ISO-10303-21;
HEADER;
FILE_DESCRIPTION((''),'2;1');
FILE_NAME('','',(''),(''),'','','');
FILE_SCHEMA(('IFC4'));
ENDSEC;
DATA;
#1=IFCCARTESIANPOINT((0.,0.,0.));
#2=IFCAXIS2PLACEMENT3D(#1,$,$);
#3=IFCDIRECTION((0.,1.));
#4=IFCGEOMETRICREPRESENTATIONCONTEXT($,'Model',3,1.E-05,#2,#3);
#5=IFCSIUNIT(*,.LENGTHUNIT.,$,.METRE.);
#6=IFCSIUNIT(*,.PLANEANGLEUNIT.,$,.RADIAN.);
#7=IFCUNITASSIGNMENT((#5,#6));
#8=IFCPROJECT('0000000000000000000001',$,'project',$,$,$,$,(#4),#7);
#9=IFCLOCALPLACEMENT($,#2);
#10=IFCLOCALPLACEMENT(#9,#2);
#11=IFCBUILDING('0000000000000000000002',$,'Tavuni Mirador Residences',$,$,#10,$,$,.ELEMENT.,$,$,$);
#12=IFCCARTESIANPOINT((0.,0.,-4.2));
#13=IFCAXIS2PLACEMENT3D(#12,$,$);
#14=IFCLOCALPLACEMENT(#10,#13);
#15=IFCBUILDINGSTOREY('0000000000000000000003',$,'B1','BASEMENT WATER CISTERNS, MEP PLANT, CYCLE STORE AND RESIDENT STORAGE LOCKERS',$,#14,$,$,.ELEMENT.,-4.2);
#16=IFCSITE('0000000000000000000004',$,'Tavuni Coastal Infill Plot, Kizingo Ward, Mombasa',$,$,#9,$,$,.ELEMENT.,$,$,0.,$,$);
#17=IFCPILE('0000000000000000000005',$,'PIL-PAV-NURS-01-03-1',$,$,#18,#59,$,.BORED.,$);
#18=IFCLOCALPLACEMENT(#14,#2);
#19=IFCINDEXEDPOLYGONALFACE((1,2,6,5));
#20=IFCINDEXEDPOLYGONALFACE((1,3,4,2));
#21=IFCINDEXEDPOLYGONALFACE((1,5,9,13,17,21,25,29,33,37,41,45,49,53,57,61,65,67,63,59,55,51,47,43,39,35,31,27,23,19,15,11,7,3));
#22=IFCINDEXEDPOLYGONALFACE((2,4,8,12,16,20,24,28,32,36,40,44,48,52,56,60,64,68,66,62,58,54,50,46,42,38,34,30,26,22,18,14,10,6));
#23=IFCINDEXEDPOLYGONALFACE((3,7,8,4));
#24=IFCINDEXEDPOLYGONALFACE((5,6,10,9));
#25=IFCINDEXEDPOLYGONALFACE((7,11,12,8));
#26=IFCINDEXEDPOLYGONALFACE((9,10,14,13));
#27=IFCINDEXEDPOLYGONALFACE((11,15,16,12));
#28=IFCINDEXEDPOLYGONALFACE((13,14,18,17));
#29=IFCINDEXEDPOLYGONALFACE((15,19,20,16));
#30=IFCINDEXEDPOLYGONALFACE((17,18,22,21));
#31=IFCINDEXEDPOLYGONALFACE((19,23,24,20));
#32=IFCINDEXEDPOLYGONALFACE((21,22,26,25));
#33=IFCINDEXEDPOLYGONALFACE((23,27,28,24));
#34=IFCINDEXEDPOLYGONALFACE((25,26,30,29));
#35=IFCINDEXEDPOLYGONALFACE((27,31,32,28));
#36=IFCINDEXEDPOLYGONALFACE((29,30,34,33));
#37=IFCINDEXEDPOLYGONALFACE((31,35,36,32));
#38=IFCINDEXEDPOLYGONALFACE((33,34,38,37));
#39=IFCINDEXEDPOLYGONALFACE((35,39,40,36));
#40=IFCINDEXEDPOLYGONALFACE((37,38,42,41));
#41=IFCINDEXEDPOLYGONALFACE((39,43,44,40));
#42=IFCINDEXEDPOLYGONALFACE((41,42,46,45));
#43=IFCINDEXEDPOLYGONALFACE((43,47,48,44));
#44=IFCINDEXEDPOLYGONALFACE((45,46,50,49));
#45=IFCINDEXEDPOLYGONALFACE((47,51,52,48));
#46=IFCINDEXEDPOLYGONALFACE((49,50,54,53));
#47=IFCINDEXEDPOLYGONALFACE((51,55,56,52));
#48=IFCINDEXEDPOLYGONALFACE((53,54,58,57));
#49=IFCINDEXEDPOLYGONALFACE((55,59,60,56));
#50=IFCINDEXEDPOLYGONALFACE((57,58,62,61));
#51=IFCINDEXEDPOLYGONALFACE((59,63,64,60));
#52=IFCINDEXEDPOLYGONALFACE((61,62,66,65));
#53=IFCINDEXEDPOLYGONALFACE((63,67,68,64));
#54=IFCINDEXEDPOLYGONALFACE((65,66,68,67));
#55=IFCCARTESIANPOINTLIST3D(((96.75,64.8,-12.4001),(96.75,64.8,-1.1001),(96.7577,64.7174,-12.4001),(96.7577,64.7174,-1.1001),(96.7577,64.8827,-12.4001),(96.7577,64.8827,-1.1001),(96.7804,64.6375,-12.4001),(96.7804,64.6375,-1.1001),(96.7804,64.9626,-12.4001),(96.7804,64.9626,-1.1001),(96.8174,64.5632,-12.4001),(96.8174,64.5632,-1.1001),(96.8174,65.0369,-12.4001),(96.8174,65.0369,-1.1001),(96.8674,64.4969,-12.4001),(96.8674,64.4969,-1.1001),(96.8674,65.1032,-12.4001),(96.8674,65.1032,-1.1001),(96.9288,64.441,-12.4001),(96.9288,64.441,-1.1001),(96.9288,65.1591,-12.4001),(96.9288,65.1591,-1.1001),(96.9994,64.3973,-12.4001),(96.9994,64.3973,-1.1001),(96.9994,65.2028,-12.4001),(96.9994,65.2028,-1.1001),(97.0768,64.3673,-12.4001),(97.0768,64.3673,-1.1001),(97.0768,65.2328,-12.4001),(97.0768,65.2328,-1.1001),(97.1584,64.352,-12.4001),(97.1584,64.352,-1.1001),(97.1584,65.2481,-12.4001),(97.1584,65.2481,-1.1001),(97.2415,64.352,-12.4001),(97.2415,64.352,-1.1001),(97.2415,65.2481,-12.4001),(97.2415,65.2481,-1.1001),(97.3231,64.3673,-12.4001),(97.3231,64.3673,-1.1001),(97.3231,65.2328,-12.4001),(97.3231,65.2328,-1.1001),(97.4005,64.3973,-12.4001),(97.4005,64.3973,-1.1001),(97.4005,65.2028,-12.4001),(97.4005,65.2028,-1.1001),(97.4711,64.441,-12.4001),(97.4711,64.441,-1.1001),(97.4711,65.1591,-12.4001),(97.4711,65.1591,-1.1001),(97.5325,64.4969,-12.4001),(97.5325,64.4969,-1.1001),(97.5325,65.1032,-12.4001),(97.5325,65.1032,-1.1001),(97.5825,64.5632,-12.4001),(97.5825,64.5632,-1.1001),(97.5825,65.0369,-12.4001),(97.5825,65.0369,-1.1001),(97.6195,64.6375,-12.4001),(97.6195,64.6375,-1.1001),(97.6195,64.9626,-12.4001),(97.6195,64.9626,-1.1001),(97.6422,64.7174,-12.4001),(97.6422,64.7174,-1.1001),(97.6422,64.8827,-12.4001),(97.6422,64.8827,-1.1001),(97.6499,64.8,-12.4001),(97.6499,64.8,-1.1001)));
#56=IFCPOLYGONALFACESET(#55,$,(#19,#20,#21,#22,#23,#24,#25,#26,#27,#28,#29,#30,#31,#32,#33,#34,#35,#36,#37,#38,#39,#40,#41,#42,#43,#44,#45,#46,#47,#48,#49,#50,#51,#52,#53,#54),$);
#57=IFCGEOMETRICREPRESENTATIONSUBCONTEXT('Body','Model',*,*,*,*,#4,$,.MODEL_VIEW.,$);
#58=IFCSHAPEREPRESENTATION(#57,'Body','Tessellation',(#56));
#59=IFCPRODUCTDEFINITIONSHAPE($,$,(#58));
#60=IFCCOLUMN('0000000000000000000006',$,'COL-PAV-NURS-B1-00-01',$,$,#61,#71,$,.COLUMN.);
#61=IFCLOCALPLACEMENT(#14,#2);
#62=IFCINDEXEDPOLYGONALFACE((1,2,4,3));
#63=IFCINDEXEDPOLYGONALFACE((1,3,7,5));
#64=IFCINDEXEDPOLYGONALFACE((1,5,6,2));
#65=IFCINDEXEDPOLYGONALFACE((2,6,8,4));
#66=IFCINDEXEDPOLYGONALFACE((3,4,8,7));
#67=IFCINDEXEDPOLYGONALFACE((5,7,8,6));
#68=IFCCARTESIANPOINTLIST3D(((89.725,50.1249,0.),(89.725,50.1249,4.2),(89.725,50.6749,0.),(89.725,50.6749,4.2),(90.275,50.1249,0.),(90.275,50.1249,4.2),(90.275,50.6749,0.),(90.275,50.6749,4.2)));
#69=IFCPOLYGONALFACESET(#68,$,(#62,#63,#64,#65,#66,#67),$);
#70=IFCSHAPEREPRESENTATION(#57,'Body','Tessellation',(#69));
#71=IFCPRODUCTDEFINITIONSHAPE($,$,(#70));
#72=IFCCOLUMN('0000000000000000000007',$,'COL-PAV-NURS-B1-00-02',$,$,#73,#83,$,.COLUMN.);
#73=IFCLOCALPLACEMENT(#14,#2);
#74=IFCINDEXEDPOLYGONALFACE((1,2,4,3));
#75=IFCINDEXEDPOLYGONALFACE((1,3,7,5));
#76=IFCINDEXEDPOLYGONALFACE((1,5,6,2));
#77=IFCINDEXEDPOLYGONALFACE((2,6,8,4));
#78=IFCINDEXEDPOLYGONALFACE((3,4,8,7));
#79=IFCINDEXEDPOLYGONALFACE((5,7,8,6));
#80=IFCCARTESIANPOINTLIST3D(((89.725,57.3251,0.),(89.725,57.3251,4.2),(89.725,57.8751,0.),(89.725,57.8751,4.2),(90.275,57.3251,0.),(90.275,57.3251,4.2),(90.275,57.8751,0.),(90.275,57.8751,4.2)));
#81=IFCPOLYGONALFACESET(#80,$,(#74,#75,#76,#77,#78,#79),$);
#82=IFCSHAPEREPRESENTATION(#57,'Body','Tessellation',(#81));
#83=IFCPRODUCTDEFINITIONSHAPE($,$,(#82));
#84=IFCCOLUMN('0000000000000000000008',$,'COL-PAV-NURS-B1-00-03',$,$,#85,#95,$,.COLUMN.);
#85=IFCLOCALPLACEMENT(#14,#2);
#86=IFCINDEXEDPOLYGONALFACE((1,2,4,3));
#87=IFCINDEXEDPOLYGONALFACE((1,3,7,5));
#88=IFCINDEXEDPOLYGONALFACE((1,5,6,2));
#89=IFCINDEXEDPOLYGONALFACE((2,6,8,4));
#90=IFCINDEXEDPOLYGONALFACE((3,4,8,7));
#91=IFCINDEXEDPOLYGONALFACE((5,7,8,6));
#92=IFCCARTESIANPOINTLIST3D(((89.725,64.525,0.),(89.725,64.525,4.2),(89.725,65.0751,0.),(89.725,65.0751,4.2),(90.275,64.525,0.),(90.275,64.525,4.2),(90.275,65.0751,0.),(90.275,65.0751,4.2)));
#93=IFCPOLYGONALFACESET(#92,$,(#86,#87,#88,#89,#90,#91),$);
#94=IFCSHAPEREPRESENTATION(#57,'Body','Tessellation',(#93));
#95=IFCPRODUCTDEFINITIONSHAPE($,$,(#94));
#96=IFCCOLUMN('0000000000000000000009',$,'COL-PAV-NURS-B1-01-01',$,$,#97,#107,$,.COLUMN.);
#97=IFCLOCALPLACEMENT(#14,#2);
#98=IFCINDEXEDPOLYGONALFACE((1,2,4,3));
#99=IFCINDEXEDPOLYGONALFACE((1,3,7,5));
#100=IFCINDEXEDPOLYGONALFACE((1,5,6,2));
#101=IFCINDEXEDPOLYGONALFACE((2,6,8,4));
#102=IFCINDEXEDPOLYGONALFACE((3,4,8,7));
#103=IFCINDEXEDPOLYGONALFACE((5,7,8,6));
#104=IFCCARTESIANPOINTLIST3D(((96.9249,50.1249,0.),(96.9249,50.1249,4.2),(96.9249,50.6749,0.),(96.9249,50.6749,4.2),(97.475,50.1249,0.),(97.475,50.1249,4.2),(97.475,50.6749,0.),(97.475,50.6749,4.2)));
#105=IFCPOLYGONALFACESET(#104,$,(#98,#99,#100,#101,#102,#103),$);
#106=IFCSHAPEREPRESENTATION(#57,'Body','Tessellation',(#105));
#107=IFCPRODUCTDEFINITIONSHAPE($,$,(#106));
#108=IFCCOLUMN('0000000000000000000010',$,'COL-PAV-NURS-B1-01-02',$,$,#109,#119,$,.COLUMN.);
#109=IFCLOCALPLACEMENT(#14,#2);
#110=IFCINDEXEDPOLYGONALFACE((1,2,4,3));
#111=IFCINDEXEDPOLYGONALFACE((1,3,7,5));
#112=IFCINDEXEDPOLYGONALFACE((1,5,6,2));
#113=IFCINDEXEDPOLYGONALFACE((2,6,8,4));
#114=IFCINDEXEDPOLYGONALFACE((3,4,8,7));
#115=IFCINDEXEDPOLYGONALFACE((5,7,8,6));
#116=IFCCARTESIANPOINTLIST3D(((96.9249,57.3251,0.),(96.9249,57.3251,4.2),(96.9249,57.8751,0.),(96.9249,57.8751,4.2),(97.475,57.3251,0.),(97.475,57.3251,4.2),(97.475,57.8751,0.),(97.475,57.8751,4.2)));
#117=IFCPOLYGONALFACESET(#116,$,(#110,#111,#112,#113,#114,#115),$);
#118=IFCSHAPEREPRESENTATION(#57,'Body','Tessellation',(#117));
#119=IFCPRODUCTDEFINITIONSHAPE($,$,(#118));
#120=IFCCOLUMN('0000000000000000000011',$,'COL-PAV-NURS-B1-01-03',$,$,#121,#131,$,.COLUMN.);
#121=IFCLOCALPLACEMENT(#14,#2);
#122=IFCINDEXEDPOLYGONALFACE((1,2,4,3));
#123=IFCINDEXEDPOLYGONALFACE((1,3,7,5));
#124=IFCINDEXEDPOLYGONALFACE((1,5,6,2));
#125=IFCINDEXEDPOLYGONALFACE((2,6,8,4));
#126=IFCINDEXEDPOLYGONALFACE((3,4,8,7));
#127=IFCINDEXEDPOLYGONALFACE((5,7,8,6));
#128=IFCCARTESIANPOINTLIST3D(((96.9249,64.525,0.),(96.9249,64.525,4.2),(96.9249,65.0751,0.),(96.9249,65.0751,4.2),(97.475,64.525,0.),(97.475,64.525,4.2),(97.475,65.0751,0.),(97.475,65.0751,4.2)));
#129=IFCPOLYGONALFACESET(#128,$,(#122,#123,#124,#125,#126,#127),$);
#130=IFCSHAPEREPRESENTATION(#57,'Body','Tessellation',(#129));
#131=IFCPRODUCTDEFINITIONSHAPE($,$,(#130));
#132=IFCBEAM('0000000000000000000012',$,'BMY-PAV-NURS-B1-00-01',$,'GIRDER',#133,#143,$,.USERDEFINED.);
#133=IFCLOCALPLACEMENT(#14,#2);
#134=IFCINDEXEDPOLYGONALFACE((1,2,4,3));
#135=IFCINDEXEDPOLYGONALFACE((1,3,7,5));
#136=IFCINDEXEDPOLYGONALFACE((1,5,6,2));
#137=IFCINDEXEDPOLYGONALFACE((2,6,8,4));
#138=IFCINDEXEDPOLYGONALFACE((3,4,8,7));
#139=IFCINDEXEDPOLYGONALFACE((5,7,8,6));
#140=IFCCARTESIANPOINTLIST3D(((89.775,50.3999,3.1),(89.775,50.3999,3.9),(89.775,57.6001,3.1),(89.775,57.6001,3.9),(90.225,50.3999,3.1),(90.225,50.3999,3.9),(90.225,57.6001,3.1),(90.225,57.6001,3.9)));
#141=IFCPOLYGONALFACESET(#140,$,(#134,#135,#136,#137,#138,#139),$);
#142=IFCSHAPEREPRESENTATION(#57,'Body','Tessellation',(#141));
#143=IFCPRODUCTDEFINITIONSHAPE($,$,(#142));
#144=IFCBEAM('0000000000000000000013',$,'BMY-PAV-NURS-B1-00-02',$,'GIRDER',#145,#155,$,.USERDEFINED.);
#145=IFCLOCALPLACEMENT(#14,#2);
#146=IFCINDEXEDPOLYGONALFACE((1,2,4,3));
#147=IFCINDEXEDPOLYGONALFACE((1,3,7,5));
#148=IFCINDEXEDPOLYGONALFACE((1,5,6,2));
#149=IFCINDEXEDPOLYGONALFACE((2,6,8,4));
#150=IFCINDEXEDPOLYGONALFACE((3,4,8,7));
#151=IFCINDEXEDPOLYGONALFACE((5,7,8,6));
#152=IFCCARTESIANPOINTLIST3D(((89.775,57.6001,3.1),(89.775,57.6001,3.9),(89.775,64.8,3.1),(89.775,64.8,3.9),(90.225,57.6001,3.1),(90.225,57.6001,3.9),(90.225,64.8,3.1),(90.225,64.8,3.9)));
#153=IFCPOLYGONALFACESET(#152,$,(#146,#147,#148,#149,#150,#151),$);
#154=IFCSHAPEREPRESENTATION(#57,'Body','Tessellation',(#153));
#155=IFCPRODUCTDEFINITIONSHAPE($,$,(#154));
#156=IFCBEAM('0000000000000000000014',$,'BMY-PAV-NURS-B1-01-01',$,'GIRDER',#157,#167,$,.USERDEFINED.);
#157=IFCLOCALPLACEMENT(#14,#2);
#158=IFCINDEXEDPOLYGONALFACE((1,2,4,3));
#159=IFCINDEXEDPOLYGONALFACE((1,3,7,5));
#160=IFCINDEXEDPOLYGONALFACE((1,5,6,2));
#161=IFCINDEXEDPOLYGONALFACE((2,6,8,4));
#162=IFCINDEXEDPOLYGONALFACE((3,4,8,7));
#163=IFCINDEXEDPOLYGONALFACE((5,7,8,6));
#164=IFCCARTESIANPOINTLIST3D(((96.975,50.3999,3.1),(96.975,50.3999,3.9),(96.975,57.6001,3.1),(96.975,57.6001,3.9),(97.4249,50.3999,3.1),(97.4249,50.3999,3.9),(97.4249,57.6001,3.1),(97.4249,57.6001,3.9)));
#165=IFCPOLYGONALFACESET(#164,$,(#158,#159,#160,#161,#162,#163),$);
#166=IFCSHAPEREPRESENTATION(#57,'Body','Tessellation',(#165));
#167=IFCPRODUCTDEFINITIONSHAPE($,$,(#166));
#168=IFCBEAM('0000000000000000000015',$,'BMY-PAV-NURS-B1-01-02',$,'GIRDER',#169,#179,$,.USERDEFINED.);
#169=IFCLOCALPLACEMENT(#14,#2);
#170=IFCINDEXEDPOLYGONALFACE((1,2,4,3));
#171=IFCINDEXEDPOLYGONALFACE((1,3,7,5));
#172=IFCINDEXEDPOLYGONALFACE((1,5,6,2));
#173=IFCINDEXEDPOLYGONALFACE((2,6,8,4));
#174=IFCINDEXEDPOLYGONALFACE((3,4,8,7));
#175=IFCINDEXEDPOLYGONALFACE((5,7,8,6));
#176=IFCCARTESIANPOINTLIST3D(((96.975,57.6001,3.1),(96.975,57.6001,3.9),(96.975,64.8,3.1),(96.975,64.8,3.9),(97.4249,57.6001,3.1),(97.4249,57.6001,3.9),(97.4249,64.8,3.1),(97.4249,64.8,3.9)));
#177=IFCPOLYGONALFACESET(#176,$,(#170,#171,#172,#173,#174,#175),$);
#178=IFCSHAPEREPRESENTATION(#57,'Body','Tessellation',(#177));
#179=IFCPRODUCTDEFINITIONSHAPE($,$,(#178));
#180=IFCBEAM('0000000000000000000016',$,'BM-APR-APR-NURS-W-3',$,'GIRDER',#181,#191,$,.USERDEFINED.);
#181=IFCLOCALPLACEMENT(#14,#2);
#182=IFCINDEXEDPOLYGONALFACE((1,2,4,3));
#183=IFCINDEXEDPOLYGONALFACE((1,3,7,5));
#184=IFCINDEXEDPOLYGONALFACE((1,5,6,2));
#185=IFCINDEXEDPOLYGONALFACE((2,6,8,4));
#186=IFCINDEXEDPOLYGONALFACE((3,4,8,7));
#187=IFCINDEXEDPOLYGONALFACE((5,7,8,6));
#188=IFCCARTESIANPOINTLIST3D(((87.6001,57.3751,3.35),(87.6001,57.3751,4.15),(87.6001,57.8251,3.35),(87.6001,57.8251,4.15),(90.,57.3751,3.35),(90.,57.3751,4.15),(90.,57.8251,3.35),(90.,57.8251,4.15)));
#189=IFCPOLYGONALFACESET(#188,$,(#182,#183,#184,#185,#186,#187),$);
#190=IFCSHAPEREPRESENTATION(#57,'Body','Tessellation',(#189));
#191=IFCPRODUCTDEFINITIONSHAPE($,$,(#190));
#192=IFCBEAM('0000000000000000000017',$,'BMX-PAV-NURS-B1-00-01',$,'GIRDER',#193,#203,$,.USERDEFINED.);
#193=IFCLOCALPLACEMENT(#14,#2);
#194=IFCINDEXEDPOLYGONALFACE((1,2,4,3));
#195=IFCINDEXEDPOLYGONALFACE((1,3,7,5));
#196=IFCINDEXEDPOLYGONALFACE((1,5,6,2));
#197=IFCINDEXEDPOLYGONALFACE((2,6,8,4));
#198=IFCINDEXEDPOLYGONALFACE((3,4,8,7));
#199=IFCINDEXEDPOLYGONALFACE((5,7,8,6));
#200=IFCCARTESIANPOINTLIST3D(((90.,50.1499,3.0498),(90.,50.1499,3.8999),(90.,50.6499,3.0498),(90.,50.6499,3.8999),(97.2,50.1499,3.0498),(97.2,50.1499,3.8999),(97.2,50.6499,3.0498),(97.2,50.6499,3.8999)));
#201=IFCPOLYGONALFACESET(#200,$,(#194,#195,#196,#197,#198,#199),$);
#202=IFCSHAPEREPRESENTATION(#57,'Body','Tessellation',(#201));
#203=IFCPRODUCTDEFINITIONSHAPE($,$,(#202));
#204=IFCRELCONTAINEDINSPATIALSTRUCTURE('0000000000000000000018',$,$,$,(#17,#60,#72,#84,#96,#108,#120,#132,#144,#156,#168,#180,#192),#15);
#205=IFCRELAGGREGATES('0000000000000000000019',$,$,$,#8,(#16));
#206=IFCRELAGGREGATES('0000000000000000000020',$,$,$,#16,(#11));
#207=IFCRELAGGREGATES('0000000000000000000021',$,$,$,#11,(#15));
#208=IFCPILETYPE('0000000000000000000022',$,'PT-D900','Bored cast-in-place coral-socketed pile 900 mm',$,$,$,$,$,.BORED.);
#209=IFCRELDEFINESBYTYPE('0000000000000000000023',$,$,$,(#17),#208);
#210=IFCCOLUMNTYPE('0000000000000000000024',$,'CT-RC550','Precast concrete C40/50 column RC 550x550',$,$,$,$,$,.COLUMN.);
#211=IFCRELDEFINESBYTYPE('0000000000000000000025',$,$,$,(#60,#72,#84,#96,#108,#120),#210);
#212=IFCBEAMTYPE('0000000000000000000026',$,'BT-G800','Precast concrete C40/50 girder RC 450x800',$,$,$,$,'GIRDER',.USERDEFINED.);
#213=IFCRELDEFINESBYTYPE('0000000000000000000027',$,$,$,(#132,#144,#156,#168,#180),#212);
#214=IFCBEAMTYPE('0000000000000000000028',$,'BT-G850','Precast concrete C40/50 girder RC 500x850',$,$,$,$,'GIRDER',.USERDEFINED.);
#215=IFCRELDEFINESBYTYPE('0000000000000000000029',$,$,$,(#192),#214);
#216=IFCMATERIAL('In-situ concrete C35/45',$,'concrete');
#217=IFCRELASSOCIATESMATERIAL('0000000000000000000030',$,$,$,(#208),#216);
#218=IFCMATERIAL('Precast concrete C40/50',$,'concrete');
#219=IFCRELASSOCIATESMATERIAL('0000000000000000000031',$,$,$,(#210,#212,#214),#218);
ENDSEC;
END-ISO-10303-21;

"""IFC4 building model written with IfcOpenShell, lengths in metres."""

from ifc_helpers import new_model, si_unit, direction, frame, origin, origin_2d, place, context, subcontext, project, spatial, rectangle, circle, extrude, material, material_profile, profile_set, type_object, element, save


model = new_model("IFC4")

# Units and contexts
model_context = context("Model", 3, precision=1e-05, world=origin(), true_north=direction((0.0, 1.0)))
body_context = subcontext(model_context, "Body", "Model", "MODEL_VIEW")
ifc_project = project(units=[si_unit("LENGTHUNIT", "METRE"), si_unit("PLANEANGLEUNIT", "RADIAN")], contexts=[model_context])

# Site, building, storey
site_placement = place(None, origin())
site = spatial("IfcSite", under=ifc_project, at=site_placement, Name="Tavuni Coastal Infill Plot, Kizingo Ward, Mombasa", CompositionType="ELEMENT", RefElevation=0.0)
building_placement = place(site_placement, origin())
building = spatial("IfcBuilding", under=site, at=building_placement, Name="Tavuni Mirador Residences", CompositionType="ELEMENT")
storey_placement = place(building_placement, frame((0.0, 0.0, -4.2)))
storey = spatial("IfcBuildingStorey", under=building, at=storey_placement, Name="B1", Description="BASEMENT WATER CISTERNS, MEP PLANT, CYCLE STORE AND RESIDENT STORAGE LOCKERS", CompositionType="ELEMENT", Elevation=-4.2)

# Shared definitions
ifc_material_1 = material(Name="In-situ concrete C35/45", Category="concrete")

# Pile
ifc_material_profile_1 = material_profile(ifc_material_1, circle(Radius=0.45, at=origin_2d()), Name="PILE D900", Category="concrete")
ifc_profile_set_1 = profile_set([ifc_material_profile_1], Name="In-situ concrete C35/45")
pile_type_1 = type_object("IfcPileType", Name="PT-D900", Description="Bored cast-in-place coral-socketed pile 900 mm", PredefinedType="BORED", material=ifc_profile_set_1)
pile_1_placement = place(storey_placement, frame((97.2, 64.8, -1.1001), z_axis=(0.0, 0.0, -1.0), x_axis=(1.0, 0.0, 0.0)))
element("IfcPile", 1, at=pile_1_placement, inside=storey, type_object=pile_type_1, Name="PIL-PAV-NURS-01-03-1", PredefinedType="BORED", context=body_context, shape_type="SweptSolid", body=[
    extrude(circle(Radius=0.45, at=origin_2d()), origin(), (0.0, 0.0, 1.0), 11.3),
])

# Columns
ifc_material_2 = material(Name="Precast concrete C40/50", Category="concrete")
ifc_material_profile_2 = material_profile(ifc_material_2, rectangle(XDim=0.55, YDim=0.55, at=origin_2d()), Name="RC 550x550", Category="concrete")
ifc_profile_set_2 = profile_set([ifc_material_profile_2], Name="Precast concrete C40/50")
column_type = type_object("IfcColumnType", Name="CT-RC550", Description="Precast concrete C40/50 column RC 550x550", PredefinedType="COLUMN", material=ifc_profile_set_2)
for number, where, z_axis, x_axis, name in (
    (2, (90.0, 50.3999, 0.0), (0.0, 0.0, 1.0), (1.0, 0.0, 0.0), "COL-PAV-NURS-B1-00-01"),
    (3, (90.0, 57.6001, 0.0), (0.0, 0.0, 1.0), (1.0, 0.0, 0.0), "COL-PAV-NURS-B1-00-02"),
    (4, (90.0, 64.8, 0.0), (0.0, 0.0, 1.0), (1.0, 0.0, 0.0), "COL-PAV-NURS-B1-00-03"),
    (5, (97.2, 50.3999, 0.0), (0.0, 0.0, 1.0), (1.0, 0.0, 0.0), "COL-PAV-NURS-B1-01-01"),
    (6, (97.2, 57.6001, 0.0), (0.0, 0.0, 1.0), (1.0, 0.0, 0.0), "COL-PAV-NURS-B1-01-02"),
    (7, (97.2, 64.8, 0.0), (0.0, 0.0, 1.0), (1.0, 0.0, 0.0), "COL-PAV-NURS-B1-01-03"),
):
    element("IfcColumn", number, at=place(storey_placement, frame(where, z_axis=z_axis, x_axis=x_axis)), inside=storey, type_object=column_type, Name=name, PredefinedType="COLUMN", context=body_context, shape_type="SweptSolid", body=[
        extrude(rectangle(XDim=0.55, YDim=0.55, at=origin_2d()), origin(), (0.0, 0.0, 1.0), 4.2),
    ])

# Beams
ifc_material_profile_3 = material_profile(ifc_material_2, rectangle(XDim=0.45, YDim=0.8, at=origin_2d()), Name="RC 450x800", Category="concrete")
ifc_profile_set_3 = profile_set([ifc_material_profile_3], Name="Precast concrete C40/50")
beam_type_1 = type_object("IfcBeamType", Name="BT-G800", Description="Precast concrete C40/50 girder RC 450x800", ElementType="GIRDER", PredefinedType="USERDEFINED", material=ifc_profile_set_3)
beam_1_placement = place(storey_placement, frame((90.0, 50.3999, 3.5), z_axis=(0.0, 1.0, 0.0), x_axis=(-1.0, 0.0, 0.0)))
element("IfcBeam", 8, at=beam_1_placement, inside=storey, type_object=beam_type_1, Name="BMY-PAV-NURS-B1-00-01", ObjectType="GIRDER", PredefinedType="USERDEFINED", context=body_context, shape_type="SweptSolid", body=[
    extrude(rectangle(XDim=0.45, YDim=0.8, at=origin_2d()), origin(), (0.0, 0.0, 1.0), 7.2002),
])
beam_2_placement = place(storey_placement, frame((90.0, 57.6001, 3.5), z_axis=(0.0, 1.0, 0.0), x_axis=(-1.0, 0.0, 0.0)))
element("IfcBeam", 9, at=beam_2_placement, inside=storey, type_object=beam_type_1, Name="BMY-PAV-NURS-B1-00-02", ObjectType="GIRDER", PredefinedType="USERDEFINED", context=body_context, shape_type="SweptSolid", body=[
    extrude(rectangle(XDim=0.45, YDim=0.8, at=origin_2d()), origin(), (0.0, 0.0, 1.0), 7.2),
])
beam_3_placement = place(storey_placement, frame((97.2, 50.3999, 3.5), z_axis=(0.0, 1.0, 0.0), x_axis=(-1.0, 0.0, 0.0)))
element("IfcBeam", 10, at=beam_3_placement, inside=storey, type_object=beam_type_1, Name="BMY-PAV-NURS-B1-01-01", ObjectType="GIRDER", PredefinedType="USERDEFINED", context=body_context, shape_type="SweptSolid", body=[
    extrude(rectangle(XDim=0.45, YDim=0.8, at=origin_2d()), origin(), (0.0, 0.0, 1.0), 7.2002),
])
beam_4_placement = place(storey_placement, frame((97.2, 57.6001, 3.5), z_axis=(0.0, 1.0, 0.0), x_axis=(-1.0, 0.0, 0.0)))
element("IfcBeam", 11, at=beam_4_placement, inside=storey, type_object=beam_type_1, Name="BMY-PAV-NURS-B1-01-02", ObjectType="GIRDER", PredefinedType="USERDEFINED", context=body_context, shape_type="SweptSolid", body=[
    extrude(rectangle(XDim=0.45, YDim=0.8, at=origin_2d()), origin(), (0.0, 0.0, 1.0), 7.2),
])
beam_5_placement = place(storey_placement, frame((90.0, 57.6001, 3.75), z_axis=(-1.0, 0.0, 0.0), x_axis=(0.0, -1.0, 0.0)))
element("IfcBeam", 12, at=beam_5_placement, inside=storey, type_object=beam_type_1, Name="BM-APR-APR-NURS-W-3", ObjectType="GIRDER", PredefinedType="USERDEFINED", context=body_context, shape_type="SweptSolid", body=[
    extrude(rectangle(XDim=0.45, YDim=0.8, at=origin_2d()), origin(), (0.0, 0.0, 1.0), 2.3999),
])
ifc_material_profile_4 = material_profile(ifc_material_2, rectangle(XDim=0.5, YDim=0.8501, at=origin_2d()), Name="RC 500x850", Category="concrete")
ifc_profile_set_4 = profile_set([ifc_material_profile_4], Name="Precast concrete C40/50")
beam_type_2 = type_object("IfcBeamType", Name="BT-G850", Description="Precast concrete C40/50 girder RC 500x850", ElementType="GIRDER", PredefinedType="USERDEFINED", material=ifc_profile_set_4)
for number, where, z_axis, x_axis, name in (
    (13, (90.0, 50.3999, 3.4749), (1.0, 0.0, 0.0), (0.0, 1.0, 0.0), "BMX-PAV-NURS-B1-00-01"),
):
    element("IfcBeam", number, at=place(storey_placement, frame(where, z_axis=z_axis, x_axis=x_axis)), inside=storey, type_object=beam_type_2, Name=name, ObjectType="GIRDER", PredefinedType="USERDEFINED", context=body_context, shape_type="SweptSolid", body=[
        extrude(rectangle(XDim=0.5, YDim=0.8501, at=origin_2d()), origin(), (0.0, 0.0, 1.0), 7.2),
    ])

save(model, "model.ifc")
